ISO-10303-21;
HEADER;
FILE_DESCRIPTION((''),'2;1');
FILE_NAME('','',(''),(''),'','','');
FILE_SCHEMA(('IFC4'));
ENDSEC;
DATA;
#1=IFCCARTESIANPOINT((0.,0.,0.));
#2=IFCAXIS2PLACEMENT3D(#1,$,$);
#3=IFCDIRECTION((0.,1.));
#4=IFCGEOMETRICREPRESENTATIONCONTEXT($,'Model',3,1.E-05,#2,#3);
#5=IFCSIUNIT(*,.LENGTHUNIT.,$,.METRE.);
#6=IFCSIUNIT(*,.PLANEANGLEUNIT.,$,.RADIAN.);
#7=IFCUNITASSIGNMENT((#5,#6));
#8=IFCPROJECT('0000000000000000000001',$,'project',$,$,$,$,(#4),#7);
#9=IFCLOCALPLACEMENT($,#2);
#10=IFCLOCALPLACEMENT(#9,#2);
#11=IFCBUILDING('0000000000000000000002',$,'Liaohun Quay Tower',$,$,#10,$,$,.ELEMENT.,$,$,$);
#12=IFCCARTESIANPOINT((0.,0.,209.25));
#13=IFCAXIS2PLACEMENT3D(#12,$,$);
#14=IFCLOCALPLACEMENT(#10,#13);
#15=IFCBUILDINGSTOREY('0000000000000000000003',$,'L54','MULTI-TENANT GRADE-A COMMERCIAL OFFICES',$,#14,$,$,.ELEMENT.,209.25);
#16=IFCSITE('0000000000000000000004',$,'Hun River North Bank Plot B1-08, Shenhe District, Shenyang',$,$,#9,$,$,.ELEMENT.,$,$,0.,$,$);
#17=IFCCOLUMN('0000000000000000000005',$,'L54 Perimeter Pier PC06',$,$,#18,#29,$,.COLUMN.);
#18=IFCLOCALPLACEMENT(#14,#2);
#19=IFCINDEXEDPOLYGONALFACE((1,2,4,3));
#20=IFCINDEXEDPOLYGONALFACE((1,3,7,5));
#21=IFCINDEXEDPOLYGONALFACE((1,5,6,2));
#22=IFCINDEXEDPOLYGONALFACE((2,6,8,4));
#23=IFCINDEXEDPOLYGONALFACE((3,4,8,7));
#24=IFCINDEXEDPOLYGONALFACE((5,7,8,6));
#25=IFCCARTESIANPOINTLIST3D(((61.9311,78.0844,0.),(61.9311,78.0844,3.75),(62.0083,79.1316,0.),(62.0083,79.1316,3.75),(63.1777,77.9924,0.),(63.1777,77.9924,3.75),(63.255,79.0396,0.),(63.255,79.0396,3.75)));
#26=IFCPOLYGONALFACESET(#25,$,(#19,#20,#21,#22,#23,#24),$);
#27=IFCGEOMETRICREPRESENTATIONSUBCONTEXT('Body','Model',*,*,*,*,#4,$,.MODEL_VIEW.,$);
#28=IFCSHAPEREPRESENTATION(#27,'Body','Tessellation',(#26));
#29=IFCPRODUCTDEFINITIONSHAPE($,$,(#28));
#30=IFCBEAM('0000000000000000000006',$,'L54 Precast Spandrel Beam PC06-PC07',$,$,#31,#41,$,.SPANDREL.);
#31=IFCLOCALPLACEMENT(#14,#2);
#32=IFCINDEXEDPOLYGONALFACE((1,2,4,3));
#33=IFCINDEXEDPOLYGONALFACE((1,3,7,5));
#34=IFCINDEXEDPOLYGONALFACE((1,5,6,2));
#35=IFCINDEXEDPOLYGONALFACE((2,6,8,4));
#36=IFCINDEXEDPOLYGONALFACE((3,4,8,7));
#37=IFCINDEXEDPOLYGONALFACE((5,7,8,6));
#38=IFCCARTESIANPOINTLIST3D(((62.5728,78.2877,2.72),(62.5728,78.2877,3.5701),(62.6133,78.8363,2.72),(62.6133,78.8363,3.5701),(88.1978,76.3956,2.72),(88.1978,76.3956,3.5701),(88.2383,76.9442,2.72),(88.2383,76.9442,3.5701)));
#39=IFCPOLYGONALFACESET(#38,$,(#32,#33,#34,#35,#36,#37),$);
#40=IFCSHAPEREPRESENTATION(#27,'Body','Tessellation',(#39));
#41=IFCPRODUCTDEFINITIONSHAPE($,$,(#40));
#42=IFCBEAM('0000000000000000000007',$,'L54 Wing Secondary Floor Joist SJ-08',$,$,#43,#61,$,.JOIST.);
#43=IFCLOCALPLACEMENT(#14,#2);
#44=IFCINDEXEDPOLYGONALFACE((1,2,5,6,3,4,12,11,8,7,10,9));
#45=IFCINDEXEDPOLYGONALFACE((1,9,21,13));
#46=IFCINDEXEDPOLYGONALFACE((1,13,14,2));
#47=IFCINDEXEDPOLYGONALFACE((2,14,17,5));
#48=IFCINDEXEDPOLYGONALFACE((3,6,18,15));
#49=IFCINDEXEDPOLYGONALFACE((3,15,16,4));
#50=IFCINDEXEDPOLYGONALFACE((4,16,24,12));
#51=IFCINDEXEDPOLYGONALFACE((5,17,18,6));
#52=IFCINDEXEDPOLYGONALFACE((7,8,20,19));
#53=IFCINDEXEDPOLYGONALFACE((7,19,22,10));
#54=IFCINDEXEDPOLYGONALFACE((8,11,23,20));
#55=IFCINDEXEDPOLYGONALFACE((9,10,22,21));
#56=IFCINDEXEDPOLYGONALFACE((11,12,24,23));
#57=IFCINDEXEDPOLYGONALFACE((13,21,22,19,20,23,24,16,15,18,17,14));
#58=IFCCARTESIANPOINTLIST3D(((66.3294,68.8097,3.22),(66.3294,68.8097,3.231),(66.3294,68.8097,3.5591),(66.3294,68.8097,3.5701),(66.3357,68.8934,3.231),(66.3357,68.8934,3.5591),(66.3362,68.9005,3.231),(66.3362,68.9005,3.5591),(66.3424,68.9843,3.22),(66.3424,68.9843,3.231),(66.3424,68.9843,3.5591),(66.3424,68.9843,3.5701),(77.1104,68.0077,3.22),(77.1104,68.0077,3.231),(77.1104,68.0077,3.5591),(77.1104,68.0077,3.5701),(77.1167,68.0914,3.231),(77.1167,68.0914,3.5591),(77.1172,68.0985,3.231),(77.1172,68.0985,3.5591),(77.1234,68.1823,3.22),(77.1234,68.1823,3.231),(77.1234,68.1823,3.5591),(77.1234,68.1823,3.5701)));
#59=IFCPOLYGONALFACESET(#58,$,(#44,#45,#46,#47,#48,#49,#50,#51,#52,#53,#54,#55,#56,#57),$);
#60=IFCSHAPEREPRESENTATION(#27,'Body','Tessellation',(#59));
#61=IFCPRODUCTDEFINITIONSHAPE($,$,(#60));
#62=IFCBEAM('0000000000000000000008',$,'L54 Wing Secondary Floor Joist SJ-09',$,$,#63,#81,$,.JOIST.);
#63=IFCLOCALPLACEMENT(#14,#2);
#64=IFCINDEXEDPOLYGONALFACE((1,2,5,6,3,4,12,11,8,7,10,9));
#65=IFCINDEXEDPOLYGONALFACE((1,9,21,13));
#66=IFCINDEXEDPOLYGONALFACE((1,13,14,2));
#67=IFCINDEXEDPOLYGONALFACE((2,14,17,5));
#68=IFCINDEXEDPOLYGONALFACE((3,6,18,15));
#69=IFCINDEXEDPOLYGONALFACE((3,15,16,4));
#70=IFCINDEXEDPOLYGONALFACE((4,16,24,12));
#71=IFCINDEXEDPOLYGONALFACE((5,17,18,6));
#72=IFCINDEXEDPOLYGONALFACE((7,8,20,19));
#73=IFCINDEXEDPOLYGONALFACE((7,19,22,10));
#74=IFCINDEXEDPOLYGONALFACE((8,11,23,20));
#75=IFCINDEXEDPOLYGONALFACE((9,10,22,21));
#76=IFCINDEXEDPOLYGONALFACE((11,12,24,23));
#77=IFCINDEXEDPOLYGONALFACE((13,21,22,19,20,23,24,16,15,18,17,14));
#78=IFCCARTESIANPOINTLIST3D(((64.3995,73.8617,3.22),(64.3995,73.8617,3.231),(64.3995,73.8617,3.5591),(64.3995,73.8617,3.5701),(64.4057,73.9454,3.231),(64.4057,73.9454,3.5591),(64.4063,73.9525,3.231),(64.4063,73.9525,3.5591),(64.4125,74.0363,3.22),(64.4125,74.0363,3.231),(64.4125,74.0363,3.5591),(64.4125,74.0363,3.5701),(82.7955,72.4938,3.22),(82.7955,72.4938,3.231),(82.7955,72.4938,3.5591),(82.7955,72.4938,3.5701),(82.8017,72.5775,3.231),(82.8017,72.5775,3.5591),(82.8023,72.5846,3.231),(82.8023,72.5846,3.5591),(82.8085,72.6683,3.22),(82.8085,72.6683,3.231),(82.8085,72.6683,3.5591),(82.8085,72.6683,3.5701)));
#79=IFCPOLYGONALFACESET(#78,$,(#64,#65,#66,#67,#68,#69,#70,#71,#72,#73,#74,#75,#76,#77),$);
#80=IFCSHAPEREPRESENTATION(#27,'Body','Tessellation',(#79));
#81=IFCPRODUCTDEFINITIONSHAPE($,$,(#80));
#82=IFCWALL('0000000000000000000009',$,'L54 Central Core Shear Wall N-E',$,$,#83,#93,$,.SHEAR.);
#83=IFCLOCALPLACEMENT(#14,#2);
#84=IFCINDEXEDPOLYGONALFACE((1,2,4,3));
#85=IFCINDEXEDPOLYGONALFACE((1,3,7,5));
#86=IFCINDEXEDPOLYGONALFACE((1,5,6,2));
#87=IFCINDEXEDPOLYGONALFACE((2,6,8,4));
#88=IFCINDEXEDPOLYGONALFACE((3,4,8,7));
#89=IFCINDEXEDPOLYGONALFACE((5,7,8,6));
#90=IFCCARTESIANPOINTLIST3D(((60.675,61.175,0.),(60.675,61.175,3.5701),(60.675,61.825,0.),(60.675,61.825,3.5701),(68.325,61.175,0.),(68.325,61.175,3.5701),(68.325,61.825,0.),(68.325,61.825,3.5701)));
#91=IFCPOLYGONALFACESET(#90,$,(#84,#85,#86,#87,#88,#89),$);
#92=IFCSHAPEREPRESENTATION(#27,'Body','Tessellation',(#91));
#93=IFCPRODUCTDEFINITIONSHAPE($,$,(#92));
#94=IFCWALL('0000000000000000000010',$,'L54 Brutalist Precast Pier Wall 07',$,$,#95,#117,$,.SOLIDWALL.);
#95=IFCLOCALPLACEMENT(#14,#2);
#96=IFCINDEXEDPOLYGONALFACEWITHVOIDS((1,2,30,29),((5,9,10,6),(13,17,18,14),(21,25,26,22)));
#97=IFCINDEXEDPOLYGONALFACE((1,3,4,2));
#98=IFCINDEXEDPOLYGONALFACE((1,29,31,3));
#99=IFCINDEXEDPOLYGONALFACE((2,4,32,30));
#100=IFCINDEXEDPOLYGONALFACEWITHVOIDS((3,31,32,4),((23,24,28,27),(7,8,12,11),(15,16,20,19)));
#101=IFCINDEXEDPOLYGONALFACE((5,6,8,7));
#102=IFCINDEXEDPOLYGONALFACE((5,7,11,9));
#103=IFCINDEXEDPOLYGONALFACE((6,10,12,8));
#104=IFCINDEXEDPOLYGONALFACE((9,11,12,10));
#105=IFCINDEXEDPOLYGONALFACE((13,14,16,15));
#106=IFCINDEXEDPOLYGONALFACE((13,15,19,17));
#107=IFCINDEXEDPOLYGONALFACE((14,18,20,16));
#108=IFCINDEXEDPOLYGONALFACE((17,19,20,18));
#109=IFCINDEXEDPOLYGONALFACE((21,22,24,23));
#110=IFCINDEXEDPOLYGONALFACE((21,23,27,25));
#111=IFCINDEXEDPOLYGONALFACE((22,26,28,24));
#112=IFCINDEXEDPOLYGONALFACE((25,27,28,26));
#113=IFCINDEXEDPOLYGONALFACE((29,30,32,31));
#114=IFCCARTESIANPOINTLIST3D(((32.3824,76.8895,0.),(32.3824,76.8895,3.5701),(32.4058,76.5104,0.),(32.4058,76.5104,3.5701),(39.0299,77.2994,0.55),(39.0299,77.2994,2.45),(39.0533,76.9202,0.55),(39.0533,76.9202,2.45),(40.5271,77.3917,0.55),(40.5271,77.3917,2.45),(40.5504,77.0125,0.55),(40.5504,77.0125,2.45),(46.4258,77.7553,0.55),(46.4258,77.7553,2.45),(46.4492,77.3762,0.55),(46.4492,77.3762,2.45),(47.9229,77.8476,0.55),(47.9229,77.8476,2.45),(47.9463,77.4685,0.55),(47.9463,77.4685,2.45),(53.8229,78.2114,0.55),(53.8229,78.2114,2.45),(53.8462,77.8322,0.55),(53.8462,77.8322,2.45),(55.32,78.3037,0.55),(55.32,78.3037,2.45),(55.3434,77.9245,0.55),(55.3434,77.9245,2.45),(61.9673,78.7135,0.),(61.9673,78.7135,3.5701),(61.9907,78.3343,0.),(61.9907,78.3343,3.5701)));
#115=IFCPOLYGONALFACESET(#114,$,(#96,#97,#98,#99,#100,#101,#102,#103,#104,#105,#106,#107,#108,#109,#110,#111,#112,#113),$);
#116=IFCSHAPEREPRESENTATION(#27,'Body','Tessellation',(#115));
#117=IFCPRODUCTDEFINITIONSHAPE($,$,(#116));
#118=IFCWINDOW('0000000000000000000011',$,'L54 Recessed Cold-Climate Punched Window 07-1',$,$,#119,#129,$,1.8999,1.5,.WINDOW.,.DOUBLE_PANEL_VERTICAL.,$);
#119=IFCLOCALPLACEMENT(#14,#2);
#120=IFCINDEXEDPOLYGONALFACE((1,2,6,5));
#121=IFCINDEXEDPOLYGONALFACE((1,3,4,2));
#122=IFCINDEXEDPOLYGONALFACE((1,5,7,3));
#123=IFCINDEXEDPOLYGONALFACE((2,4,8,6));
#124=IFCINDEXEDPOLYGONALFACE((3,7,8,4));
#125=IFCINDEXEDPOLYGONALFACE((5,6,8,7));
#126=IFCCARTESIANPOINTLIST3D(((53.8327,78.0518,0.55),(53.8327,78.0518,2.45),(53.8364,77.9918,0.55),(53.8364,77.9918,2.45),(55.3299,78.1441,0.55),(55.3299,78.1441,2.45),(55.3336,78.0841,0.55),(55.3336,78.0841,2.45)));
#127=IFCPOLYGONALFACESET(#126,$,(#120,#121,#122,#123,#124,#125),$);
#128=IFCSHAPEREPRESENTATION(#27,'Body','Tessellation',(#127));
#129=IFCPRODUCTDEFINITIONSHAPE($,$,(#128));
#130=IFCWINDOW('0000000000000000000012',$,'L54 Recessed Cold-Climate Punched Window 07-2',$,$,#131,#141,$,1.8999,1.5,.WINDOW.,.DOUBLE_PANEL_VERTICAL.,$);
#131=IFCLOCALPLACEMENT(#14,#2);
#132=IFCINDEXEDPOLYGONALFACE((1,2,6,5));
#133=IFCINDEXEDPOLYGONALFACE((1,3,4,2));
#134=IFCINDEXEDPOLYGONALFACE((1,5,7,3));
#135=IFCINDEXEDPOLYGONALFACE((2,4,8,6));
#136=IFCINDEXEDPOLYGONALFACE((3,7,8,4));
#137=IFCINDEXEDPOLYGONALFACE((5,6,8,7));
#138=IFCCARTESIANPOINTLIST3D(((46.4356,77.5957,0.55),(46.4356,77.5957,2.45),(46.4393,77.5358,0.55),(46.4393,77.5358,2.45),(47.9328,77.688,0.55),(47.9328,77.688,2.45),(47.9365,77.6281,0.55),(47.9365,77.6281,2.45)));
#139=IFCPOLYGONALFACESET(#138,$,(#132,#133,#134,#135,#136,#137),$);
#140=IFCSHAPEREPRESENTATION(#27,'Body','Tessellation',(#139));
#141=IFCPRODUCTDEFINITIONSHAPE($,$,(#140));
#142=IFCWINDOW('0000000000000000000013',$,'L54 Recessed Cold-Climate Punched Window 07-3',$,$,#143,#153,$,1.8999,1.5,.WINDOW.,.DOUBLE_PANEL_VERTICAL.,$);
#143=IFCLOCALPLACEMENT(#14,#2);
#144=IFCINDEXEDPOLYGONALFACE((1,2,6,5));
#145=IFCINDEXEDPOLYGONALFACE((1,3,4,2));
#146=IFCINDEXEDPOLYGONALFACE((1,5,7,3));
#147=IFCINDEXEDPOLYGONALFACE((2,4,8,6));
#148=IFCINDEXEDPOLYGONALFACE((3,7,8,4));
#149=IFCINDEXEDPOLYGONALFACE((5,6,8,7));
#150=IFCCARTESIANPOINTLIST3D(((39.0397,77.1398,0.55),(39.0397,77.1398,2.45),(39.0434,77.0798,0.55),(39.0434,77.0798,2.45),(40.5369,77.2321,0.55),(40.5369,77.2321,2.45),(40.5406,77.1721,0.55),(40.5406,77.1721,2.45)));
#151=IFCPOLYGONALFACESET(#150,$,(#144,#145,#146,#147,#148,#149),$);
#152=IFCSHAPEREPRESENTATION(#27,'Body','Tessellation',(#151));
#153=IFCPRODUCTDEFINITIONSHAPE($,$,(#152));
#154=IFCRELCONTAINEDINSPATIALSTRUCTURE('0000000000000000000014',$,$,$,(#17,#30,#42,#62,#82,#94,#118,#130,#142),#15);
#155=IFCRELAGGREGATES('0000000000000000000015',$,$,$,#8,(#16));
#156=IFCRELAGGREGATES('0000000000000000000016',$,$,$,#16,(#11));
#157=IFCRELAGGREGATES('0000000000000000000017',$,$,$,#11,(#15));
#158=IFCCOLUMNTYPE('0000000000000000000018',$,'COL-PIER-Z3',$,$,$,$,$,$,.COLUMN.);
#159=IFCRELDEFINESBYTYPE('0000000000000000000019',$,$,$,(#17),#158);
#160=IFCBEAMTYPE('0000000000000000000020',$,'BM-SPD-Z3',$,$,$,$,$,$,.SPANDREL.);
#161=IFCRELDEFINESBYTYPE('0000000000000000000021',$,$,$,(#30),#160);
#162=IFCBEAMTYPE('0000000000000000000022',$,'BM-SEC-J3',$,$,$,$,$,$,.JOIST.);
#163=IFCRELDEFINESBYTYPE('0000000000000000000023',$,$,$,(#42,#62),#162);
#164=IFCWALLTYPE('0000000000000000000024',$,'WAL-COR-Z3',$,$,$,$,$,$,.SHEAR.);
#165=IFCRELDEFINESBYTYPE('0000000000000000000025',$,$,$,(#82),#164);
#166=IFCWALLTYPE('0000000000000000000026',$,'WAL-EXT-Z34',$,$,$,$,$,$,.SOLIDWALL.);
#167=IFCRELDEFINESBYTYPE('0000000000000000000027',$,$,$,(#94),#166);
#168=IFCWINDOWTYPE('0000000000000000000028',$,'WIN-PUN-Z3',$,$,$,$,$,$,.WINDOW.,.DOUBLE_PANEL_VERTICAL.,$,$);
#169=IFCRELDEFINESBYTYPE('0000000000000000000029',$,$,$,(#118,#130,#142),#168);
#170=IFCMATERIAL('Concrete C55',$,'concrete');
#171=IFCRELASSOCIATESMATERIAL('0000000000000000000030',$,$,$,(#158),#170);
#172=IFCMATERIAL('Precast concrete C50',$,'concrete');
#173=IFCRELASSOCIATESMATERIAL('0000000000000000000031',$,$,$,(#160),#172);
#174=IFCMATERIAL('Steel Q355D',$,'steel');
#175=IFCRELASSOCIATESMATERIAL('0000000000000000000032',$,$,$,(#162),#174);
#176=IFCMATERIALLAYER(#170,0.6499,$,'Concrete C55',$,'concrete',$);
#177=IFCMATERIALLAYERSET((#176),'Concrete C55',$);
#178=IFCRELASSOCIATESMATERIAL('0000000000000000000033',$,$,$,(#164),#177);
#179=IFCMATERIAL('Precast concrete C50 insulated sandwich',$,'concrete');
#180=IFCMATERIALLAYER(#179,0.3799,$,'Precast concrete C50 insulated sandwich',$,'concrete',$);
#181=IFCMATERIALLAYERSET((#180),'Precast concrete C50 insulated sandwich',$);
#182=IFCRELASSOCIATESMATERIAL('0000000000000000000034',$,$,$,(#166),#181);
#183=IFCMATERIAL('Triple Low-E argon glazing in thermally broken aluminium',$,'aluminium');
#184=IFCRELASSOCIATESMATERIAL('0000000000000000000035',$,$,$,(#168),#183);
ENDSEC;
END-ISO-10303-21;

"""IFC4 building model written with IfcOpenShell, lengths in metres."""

from ifc_helpers import new_model, si_unit, direction, frame, frame_2d, origin, origin_2d, place, context, subcontext, project, spatial, rectangle, i_section, extrude, source, transform, mapped, material, layer, layer_set, material_profile, profile_set, type_object, element, fill, save


model = new_model("IFC4")

# Units and contexts
model_context = context("Model", 3, precision=1e-05, world=origin(), true_north=direction((0.0, 1.0)))
body_context = subcontext(model_context, "Body", "Model", "MODEL_VIEW")
ifc_project = project(units=[si_unit("LENGTHUNIT", "METRE"), si_unit("PLANEANGLEUNIT", "RADIAN")], contexts=[model_context])

# Site, building, storey
site_placement = place(None, origin())
site = spatial("IfcSite", under=ifc_project, at=site_placement, Name="Hun River North Bank Plot B1-08, Shenhe District, Shenyang", CompositionType="ELEMENT", RefElevation=0.0)
building_placement = place(site_placement, origin())
building = spatial("IfcBuilding", under=site, at=building_placement, Name="Liaohun Quay Tower", CompositionType="ELEMENT")
storey_placement = place(building_placement, frame((0.0, 0.0, 209.25)))
storey = spatial("IfcBuildingStorey", under=building, at=storey_placement, Name="L54", Description="MULTI-TENANT GRADE-A COMMERCIAL OFFICES", CompositionType="ELEMENT", Elevation=209.25)

# Column
ifc_material_1 = material(Name="Concrete C55", Category="concrete")
ifc_material_profile_1 = material_profile(ifc_material_1, rectangle(XDim=1.25, YDim=1.05, at=origin_2d()), Name="RC1250x1050")
ifc_profile_set_1 = profile_set([ifc_material_profile_1], Name="Concrete C55")
column_type = type_object("IfcColumnType", Name="COL-PIER-Z3", PredefinedType="COLUMN", material=ifc_profile_set_1)
shared_shape_1 = source(origin(), body_context, "Body", "SweptSolid", [
    extrude(rectangle(XDim=1.25, YDim=1.05, at=origin_2d()), origin(), (0.0, 0.0, 1.0), 3.75),
])
column_placement = place(storey_placement, frame((62.593, 78.562, 0.0), z_axis=(0.0, 0.0, 1.0), x_axis=(-0.997289, 0.073586, 0.0)))
element("IfcColumn", 1, at=column_placement, inside=storey, type_object=column_type, Name="L54 Perimeter Pier PC06", PredefinedType="COLUMN", context=body_context, shape_type="MappedRepresentation", body=[
    mapped(shared_shape_1, transform((0.0, 0.0, 0.0), x_axis=(1.0, 0.0, 0.0), y_axis=(0.0, 1.0, 0.0), z_axis=(0.0, 0.0, 1.0), scale=1.0)),
])

# Beams
ifc_material_2 = material(Name="Precast concrete C50", Category="concrete")
ifc_material_profile_2 = material_profile(ifc_material_2, rectangle(XDim=0.55, YDim=0.8501, at=origin_2d()), Name="RC550x850")
ifc_profile_set_2 = profile_set([ifc_material_profile_2], Name="Precast concrete C50")
beam_type_1 = type_object("IfcBeamType", Name="BM-SPD-Z3", PredefinedType="SPANDREL", material=ifc_profile_set_2)
shared_shape_2 = source(origin(), body_context, "Body", "SweptSolid", [
    extrude(rectangle(XDim=0.55, YDim=0.8501, at=origin_2d()), origin(), (0.0, 0.0, 1.0), 25.6948),
])
beam_1_placement = place(storey_placement, frame((62.593, 78.562, 3.145), z_axis=(0.997285, -0.073637, 0.0), x_axis=(0.073637, 0.997285, 0.0)))
element("IfcBeam", 2, at=beam_1_placement, inside=storey, type_object=beam_type_1, Name="L54 Precast Spandrel Beam PC06-PC07", PredefinedType="SPANDREL", context=body_context, shape_type="MappedRepresentation", body=[
    mapped(shared_shape_2, transform((0.0, 0.0, 0.0), x_axis=(1.0, 0.0, 0.0), y_axis=(0.0, 1.0, 0.0), z_axis=(0.0, 0.0, 1.0), scale=1.0)),
])
ifc_material_3 = material(Name="Steel Q355D", Category="steel")
ifc_material_profile_3 = material_profile(ifc_material_3, i_section(OverallWidth=0.175, OverallDepth=0.3501, WebThickness=0.0071, FlangeThickness=0.011, at=origin_2d()), Name="HN350x175x7x11")
ifc_profile_set_3 = profile_set([ifc_material_profile_3], Name="Steel Q355D")
beam_type_2 = type_object("IfcBeamType", Name="BM-SEC-J3", PredefinedType="JOIST", material=ifc_profile_set_3)
shared_shape_3 = source(origin(), body_context, "Body", "SweptSolid", [
    extrude(i_section(OverallWidth=0.175, OverallDepth=0.3501, WebThickness=0.0071, FlangeThickness=0.011, at=origin_2d()), origin(), (0.0, 0.0, 1.0), 10.8108),
])
beam_2_placement = place(storey_placement, frame((66.3359, 68.897, 3.395), z_axis=(0.997244, -0.074185, 0.0), x_axis=(0.074185, 0.997244, 0.0)))
element("IfcBeam", 3, at=beam_2_placement, inside=storey, type_object=beam_type_2, Name="L54 Wing Secondary Floor Joist SJ-08", PredefinedType="JOIST", context=body_context, shape_type="MappedRepresentation", body=[
    mapped(shared_shape_3, transform((0.0, 0.0, 0.0), x_axis=(1.0, 0.0, 0.0), y_axis=(0.0, 1.0, 0.0), z_axis=(0.0, 0.0, 1.0), scale=1.0)),
])
shared_shape_4 = source(origin(), body_context, "Body", "SweptSolid", [
    extrude(i_section(OverallWidth=0.175, OverallDepth=0.3501, WebThickness=0.0071, FlangeThickness=0.011, at=origin_2d()), origin(), (0.0, 0.0, 1.0), 18.4468),
])
beam_3_placement = place(storey_placement, frame((64.406, 73.949, 3.395), z_axis=(0.997247, -0.074155, 0.0), x_axis=(0.074155, 0.997247, 0.0)))
element("IfcBeam", 4, at=beam_3_placement, inside=storey, type_object=beam_type_2, Name="L54 Wing Secondary Floor Joist SJ-09", PredefinedType="JOIST", context=body_context, shape_type="MappedRepresentation", body=[
    mapped(shared_shape_4, transform((0.0, 0.0, 0.0), x_axis=(1.0, 0.0, 0.0), y_axis=(0.0, 1.0, 0.0), z_axis=(0.0, 0.0, 1.0), scale=1.0)),
])

# Wall
ifc_layer_1 = layer(ifc_material_1, 0.6499, Name="Concrete C55", Category="concrete")
ifc_layer_set_1 = layer_set([ifc_layer_1], Name="Concrete C55")
wall_type_1 = type_object("IfcWallType", Name="WAL-COR-Z3", PredefinedType="SHEAR", material=ifc_layer_set_1)
wall_1_placement = place(storey_placement, frame((60.675, 61.5, 0.0), z_axis=(0.0, 0.0, 1.0), x_axis=(1.0, 0.0, 0.0)))
element("IfcWall", 5, at=wall_1_placement, inside=storey, type_object=wall_type_1, Name="L54 Central Core Shear Wall N-E", PredefinedType="SHEAR", context=body_context, shape_type="SweptSolid", body=[
    extrude(rectangle(XDim=7.6499, YDim=0.6499, at=frame_2d((3.825, 0.0))), origin(), (0.0, 0.0, 1.0), 3.5701),
])

# Wall, openings, windows
ifc_material_4 = material(Name="Precast concrete C50 insulated sandwich", Category="concrete")
ifc_layer_2 = layer(ifc_material_4, 0.3799, Name="Precast concrete C50 insulated sandwich", Category="concrete")
ifc_layer_set_2 = layer_set([ifc_layer_2], Name="Precast concrete C50 insulated sandwich")
wall_type_2 = type_object("IfcWallType", Name="WAL-EXT-Z34", PredefinedType="SOLIDWALL", material=ifc_layer_set_2)
wall_2_placement = place(storey_placement, frame((61.979, 78.5239, 0.0), z_axis=(0.0, 0.0, 1.0), x_axis=(-0.998105, -0.061535, 0.0)))
wall_2 = element("IfcWall", 6, at=wall_2_placement, inside=storey, type_object=wall_type_2, Name="L54 Brutalist Precast Pier Wall 07", PredefinedType="SOLIDWALL", context=body_context, shape_type="SweptSolid", body=[
    extrude(rectangle(XDim=29.6411, YDim=0.3799, at=frame_2d((14.8206, 0.0))), origin(), (0.0, 0.0, 1.0), 3.5701),
])
shared_shape_5 = source(origin(), body_context, "Body", "SweptSolid", [
    extrude(rectangle(XDim=1.5, YDim=1.8999, at=frame_2d((0.75, 0.95))), frame((0.0, 0.2, 0.0), z_axis=(0.0, -1.0, 0.0), x_axis=(1.0, 0.0, 0.0)), (0.0, 0.0, 1.0), 0.3999),
])
opening_1_placement = place(wall_2_placement, frame((6.6599, 0.0, 0.55)))
opening_1 = element("IfcOpeningElement", 7, at=opening_1_placement, cuts=wall_2, PredefinedType="OPENING", context=body_context, shape_type="MappedRepresentation", body=[
    mapped(shared_shape_5, transform((0.0, 0.0, 0.0), x_axis=(1.0, 0.0, 0.0), y_axis=(0.0, 1.0, 0.0), z_axis=(0.0, 0.0, 1.0), scale=1.0)),
])
opening_2_placement = place(wall_2_placement, frame((14.071, 0.0, 0.55)))
opening_2 = element("IfcOpeningElement", 8, at=opening_2_placement, cuts=wall_2, PredefinedType="OPENING", context=body_context, shape_type="MappedRepresentation", body=[
    mapped(shared_shape_5, transform((0.0, 0.0, 0.0), x_axis=(1.0, 0.0, 0.0), y_axis=(0.0, 1.0, 0.0), z_axis=(0.0, 0.0, 1.0), scale=1.0)),
])
opening_3_placement = place(wall_2_placement, frame((21.481, 0.0, 0.55)))
opening_3 = element("IfcOpeningElement", 9, at=opening_3_placement, cuts=wall_2, PredefinedType="OPENING", context=body_context, shape_type="MappedRepresentation", body=[
    mapped(shared_shape_5, transform((0.0, 0.0, 0.0), x_axis=(1.0, 0.0, 0.0), y_axis=(0.0, 1.0, 0.0), z_axis=(0.0, 0.0, 1.0), scale=1.0)),
])
ifc_material_5 = material(Name="Triple Low-E argon glazing in thermally broken aluminium", Category="aluminium")
window_type = type_object("IfcWindowType", Name="WIN-PUN-Z3", PartitioningType="DOUBLE_PANEL_VERTICAL", PredefinedType="WINDOW", material=ifc_material_5)
shared_shape_6 = source(origin(), body_context, "Body", "SweptSolid", [
    extrude(rectangle(XDim=1.5, YDim=1.8999, at=frame_2d((0.75, 0.95))), frame((0.0, 0.03, 0.0), z_axis=(0.0, -1.0, 0.0), x_axis=(1.0, 0.0, 0.0)), (0.0, 0.0, 1.0), 0.0601),
])
window_1_placement = place(opening_1_placement, origin())
window_1 = element("IfcWindow", 10, at=window_1_placement, inside=storey, type_object=window_type, Name="L54 Recessed Cold-Climate Punched Window 07-1", OverallHeight=1.8999, OverallWidth=1.5, PartitioningType="DOUBLE_PANEL_VERTICAL", PredefinedType="WINDOW", context=body_context, shape_type="MappedRepresentation", body=[
    mapped(shared_shape_6, transform((0.0, 0.0, 0.0), x_axis=(1.0, 0.0, 0.0), y_axis=(0.0, 1.0, 0.0), z_axis=(0.0, 0.0, 1.0), scale=1.0)),
])
fill(opening_1, window_1)
window_2_placement = place(opening_2_placement, origin())
window_2 = element("IfcWindow", 11, at=window_2_placement, inside=storey, type_object=window_type, Name="L54 Recessed Cold-Climate Punched Window 07-2", OverallHeight=1.8999, OverallWidth=1.5, PartitioningType="DOUBLE_PANEL_VERTICAL", PredefinedType="WINDOW", context=body_context, shape_type="MappedRepresentation", body=[
    mapped(shared_shape_6, transform((0.0, 0.0, 0.0), x_axis=(1.0, 0.0, 0.0), y_axis=(0.0, 1.0, 0.0), z_axis=(0.0, 0.0, 1.0), scale=1.0)),
])
fill(opening_2, window_2)
window_3_placement = place(opening_3_placement, origin())
window_3 = element("IfcWindow", 12, at=window_3_placement, inside=storey, type_object=window_type, Name="L54 Recessed Cold-Climate Punched Window 07-3", OverallHeight=1.8999, OverallWidth=1.5, PartitioningType="DOUBLE_PANEL_VERTICAL", PredefinedType="WINDOW", context=body_context, shape_type="MappedRepresentation", body=[
    mapped(shared_shape_6, transform((0.0, 0.0, 0.0), x_axis=(1.0, 0.0, 0.0), y_axis=(0.0, 1.0, 0.0), z_axis=(0.0, 0.0, 1.0), scale=1.0)),
])
fill(opening_3, window_3)

save(model, "model.ifc")
